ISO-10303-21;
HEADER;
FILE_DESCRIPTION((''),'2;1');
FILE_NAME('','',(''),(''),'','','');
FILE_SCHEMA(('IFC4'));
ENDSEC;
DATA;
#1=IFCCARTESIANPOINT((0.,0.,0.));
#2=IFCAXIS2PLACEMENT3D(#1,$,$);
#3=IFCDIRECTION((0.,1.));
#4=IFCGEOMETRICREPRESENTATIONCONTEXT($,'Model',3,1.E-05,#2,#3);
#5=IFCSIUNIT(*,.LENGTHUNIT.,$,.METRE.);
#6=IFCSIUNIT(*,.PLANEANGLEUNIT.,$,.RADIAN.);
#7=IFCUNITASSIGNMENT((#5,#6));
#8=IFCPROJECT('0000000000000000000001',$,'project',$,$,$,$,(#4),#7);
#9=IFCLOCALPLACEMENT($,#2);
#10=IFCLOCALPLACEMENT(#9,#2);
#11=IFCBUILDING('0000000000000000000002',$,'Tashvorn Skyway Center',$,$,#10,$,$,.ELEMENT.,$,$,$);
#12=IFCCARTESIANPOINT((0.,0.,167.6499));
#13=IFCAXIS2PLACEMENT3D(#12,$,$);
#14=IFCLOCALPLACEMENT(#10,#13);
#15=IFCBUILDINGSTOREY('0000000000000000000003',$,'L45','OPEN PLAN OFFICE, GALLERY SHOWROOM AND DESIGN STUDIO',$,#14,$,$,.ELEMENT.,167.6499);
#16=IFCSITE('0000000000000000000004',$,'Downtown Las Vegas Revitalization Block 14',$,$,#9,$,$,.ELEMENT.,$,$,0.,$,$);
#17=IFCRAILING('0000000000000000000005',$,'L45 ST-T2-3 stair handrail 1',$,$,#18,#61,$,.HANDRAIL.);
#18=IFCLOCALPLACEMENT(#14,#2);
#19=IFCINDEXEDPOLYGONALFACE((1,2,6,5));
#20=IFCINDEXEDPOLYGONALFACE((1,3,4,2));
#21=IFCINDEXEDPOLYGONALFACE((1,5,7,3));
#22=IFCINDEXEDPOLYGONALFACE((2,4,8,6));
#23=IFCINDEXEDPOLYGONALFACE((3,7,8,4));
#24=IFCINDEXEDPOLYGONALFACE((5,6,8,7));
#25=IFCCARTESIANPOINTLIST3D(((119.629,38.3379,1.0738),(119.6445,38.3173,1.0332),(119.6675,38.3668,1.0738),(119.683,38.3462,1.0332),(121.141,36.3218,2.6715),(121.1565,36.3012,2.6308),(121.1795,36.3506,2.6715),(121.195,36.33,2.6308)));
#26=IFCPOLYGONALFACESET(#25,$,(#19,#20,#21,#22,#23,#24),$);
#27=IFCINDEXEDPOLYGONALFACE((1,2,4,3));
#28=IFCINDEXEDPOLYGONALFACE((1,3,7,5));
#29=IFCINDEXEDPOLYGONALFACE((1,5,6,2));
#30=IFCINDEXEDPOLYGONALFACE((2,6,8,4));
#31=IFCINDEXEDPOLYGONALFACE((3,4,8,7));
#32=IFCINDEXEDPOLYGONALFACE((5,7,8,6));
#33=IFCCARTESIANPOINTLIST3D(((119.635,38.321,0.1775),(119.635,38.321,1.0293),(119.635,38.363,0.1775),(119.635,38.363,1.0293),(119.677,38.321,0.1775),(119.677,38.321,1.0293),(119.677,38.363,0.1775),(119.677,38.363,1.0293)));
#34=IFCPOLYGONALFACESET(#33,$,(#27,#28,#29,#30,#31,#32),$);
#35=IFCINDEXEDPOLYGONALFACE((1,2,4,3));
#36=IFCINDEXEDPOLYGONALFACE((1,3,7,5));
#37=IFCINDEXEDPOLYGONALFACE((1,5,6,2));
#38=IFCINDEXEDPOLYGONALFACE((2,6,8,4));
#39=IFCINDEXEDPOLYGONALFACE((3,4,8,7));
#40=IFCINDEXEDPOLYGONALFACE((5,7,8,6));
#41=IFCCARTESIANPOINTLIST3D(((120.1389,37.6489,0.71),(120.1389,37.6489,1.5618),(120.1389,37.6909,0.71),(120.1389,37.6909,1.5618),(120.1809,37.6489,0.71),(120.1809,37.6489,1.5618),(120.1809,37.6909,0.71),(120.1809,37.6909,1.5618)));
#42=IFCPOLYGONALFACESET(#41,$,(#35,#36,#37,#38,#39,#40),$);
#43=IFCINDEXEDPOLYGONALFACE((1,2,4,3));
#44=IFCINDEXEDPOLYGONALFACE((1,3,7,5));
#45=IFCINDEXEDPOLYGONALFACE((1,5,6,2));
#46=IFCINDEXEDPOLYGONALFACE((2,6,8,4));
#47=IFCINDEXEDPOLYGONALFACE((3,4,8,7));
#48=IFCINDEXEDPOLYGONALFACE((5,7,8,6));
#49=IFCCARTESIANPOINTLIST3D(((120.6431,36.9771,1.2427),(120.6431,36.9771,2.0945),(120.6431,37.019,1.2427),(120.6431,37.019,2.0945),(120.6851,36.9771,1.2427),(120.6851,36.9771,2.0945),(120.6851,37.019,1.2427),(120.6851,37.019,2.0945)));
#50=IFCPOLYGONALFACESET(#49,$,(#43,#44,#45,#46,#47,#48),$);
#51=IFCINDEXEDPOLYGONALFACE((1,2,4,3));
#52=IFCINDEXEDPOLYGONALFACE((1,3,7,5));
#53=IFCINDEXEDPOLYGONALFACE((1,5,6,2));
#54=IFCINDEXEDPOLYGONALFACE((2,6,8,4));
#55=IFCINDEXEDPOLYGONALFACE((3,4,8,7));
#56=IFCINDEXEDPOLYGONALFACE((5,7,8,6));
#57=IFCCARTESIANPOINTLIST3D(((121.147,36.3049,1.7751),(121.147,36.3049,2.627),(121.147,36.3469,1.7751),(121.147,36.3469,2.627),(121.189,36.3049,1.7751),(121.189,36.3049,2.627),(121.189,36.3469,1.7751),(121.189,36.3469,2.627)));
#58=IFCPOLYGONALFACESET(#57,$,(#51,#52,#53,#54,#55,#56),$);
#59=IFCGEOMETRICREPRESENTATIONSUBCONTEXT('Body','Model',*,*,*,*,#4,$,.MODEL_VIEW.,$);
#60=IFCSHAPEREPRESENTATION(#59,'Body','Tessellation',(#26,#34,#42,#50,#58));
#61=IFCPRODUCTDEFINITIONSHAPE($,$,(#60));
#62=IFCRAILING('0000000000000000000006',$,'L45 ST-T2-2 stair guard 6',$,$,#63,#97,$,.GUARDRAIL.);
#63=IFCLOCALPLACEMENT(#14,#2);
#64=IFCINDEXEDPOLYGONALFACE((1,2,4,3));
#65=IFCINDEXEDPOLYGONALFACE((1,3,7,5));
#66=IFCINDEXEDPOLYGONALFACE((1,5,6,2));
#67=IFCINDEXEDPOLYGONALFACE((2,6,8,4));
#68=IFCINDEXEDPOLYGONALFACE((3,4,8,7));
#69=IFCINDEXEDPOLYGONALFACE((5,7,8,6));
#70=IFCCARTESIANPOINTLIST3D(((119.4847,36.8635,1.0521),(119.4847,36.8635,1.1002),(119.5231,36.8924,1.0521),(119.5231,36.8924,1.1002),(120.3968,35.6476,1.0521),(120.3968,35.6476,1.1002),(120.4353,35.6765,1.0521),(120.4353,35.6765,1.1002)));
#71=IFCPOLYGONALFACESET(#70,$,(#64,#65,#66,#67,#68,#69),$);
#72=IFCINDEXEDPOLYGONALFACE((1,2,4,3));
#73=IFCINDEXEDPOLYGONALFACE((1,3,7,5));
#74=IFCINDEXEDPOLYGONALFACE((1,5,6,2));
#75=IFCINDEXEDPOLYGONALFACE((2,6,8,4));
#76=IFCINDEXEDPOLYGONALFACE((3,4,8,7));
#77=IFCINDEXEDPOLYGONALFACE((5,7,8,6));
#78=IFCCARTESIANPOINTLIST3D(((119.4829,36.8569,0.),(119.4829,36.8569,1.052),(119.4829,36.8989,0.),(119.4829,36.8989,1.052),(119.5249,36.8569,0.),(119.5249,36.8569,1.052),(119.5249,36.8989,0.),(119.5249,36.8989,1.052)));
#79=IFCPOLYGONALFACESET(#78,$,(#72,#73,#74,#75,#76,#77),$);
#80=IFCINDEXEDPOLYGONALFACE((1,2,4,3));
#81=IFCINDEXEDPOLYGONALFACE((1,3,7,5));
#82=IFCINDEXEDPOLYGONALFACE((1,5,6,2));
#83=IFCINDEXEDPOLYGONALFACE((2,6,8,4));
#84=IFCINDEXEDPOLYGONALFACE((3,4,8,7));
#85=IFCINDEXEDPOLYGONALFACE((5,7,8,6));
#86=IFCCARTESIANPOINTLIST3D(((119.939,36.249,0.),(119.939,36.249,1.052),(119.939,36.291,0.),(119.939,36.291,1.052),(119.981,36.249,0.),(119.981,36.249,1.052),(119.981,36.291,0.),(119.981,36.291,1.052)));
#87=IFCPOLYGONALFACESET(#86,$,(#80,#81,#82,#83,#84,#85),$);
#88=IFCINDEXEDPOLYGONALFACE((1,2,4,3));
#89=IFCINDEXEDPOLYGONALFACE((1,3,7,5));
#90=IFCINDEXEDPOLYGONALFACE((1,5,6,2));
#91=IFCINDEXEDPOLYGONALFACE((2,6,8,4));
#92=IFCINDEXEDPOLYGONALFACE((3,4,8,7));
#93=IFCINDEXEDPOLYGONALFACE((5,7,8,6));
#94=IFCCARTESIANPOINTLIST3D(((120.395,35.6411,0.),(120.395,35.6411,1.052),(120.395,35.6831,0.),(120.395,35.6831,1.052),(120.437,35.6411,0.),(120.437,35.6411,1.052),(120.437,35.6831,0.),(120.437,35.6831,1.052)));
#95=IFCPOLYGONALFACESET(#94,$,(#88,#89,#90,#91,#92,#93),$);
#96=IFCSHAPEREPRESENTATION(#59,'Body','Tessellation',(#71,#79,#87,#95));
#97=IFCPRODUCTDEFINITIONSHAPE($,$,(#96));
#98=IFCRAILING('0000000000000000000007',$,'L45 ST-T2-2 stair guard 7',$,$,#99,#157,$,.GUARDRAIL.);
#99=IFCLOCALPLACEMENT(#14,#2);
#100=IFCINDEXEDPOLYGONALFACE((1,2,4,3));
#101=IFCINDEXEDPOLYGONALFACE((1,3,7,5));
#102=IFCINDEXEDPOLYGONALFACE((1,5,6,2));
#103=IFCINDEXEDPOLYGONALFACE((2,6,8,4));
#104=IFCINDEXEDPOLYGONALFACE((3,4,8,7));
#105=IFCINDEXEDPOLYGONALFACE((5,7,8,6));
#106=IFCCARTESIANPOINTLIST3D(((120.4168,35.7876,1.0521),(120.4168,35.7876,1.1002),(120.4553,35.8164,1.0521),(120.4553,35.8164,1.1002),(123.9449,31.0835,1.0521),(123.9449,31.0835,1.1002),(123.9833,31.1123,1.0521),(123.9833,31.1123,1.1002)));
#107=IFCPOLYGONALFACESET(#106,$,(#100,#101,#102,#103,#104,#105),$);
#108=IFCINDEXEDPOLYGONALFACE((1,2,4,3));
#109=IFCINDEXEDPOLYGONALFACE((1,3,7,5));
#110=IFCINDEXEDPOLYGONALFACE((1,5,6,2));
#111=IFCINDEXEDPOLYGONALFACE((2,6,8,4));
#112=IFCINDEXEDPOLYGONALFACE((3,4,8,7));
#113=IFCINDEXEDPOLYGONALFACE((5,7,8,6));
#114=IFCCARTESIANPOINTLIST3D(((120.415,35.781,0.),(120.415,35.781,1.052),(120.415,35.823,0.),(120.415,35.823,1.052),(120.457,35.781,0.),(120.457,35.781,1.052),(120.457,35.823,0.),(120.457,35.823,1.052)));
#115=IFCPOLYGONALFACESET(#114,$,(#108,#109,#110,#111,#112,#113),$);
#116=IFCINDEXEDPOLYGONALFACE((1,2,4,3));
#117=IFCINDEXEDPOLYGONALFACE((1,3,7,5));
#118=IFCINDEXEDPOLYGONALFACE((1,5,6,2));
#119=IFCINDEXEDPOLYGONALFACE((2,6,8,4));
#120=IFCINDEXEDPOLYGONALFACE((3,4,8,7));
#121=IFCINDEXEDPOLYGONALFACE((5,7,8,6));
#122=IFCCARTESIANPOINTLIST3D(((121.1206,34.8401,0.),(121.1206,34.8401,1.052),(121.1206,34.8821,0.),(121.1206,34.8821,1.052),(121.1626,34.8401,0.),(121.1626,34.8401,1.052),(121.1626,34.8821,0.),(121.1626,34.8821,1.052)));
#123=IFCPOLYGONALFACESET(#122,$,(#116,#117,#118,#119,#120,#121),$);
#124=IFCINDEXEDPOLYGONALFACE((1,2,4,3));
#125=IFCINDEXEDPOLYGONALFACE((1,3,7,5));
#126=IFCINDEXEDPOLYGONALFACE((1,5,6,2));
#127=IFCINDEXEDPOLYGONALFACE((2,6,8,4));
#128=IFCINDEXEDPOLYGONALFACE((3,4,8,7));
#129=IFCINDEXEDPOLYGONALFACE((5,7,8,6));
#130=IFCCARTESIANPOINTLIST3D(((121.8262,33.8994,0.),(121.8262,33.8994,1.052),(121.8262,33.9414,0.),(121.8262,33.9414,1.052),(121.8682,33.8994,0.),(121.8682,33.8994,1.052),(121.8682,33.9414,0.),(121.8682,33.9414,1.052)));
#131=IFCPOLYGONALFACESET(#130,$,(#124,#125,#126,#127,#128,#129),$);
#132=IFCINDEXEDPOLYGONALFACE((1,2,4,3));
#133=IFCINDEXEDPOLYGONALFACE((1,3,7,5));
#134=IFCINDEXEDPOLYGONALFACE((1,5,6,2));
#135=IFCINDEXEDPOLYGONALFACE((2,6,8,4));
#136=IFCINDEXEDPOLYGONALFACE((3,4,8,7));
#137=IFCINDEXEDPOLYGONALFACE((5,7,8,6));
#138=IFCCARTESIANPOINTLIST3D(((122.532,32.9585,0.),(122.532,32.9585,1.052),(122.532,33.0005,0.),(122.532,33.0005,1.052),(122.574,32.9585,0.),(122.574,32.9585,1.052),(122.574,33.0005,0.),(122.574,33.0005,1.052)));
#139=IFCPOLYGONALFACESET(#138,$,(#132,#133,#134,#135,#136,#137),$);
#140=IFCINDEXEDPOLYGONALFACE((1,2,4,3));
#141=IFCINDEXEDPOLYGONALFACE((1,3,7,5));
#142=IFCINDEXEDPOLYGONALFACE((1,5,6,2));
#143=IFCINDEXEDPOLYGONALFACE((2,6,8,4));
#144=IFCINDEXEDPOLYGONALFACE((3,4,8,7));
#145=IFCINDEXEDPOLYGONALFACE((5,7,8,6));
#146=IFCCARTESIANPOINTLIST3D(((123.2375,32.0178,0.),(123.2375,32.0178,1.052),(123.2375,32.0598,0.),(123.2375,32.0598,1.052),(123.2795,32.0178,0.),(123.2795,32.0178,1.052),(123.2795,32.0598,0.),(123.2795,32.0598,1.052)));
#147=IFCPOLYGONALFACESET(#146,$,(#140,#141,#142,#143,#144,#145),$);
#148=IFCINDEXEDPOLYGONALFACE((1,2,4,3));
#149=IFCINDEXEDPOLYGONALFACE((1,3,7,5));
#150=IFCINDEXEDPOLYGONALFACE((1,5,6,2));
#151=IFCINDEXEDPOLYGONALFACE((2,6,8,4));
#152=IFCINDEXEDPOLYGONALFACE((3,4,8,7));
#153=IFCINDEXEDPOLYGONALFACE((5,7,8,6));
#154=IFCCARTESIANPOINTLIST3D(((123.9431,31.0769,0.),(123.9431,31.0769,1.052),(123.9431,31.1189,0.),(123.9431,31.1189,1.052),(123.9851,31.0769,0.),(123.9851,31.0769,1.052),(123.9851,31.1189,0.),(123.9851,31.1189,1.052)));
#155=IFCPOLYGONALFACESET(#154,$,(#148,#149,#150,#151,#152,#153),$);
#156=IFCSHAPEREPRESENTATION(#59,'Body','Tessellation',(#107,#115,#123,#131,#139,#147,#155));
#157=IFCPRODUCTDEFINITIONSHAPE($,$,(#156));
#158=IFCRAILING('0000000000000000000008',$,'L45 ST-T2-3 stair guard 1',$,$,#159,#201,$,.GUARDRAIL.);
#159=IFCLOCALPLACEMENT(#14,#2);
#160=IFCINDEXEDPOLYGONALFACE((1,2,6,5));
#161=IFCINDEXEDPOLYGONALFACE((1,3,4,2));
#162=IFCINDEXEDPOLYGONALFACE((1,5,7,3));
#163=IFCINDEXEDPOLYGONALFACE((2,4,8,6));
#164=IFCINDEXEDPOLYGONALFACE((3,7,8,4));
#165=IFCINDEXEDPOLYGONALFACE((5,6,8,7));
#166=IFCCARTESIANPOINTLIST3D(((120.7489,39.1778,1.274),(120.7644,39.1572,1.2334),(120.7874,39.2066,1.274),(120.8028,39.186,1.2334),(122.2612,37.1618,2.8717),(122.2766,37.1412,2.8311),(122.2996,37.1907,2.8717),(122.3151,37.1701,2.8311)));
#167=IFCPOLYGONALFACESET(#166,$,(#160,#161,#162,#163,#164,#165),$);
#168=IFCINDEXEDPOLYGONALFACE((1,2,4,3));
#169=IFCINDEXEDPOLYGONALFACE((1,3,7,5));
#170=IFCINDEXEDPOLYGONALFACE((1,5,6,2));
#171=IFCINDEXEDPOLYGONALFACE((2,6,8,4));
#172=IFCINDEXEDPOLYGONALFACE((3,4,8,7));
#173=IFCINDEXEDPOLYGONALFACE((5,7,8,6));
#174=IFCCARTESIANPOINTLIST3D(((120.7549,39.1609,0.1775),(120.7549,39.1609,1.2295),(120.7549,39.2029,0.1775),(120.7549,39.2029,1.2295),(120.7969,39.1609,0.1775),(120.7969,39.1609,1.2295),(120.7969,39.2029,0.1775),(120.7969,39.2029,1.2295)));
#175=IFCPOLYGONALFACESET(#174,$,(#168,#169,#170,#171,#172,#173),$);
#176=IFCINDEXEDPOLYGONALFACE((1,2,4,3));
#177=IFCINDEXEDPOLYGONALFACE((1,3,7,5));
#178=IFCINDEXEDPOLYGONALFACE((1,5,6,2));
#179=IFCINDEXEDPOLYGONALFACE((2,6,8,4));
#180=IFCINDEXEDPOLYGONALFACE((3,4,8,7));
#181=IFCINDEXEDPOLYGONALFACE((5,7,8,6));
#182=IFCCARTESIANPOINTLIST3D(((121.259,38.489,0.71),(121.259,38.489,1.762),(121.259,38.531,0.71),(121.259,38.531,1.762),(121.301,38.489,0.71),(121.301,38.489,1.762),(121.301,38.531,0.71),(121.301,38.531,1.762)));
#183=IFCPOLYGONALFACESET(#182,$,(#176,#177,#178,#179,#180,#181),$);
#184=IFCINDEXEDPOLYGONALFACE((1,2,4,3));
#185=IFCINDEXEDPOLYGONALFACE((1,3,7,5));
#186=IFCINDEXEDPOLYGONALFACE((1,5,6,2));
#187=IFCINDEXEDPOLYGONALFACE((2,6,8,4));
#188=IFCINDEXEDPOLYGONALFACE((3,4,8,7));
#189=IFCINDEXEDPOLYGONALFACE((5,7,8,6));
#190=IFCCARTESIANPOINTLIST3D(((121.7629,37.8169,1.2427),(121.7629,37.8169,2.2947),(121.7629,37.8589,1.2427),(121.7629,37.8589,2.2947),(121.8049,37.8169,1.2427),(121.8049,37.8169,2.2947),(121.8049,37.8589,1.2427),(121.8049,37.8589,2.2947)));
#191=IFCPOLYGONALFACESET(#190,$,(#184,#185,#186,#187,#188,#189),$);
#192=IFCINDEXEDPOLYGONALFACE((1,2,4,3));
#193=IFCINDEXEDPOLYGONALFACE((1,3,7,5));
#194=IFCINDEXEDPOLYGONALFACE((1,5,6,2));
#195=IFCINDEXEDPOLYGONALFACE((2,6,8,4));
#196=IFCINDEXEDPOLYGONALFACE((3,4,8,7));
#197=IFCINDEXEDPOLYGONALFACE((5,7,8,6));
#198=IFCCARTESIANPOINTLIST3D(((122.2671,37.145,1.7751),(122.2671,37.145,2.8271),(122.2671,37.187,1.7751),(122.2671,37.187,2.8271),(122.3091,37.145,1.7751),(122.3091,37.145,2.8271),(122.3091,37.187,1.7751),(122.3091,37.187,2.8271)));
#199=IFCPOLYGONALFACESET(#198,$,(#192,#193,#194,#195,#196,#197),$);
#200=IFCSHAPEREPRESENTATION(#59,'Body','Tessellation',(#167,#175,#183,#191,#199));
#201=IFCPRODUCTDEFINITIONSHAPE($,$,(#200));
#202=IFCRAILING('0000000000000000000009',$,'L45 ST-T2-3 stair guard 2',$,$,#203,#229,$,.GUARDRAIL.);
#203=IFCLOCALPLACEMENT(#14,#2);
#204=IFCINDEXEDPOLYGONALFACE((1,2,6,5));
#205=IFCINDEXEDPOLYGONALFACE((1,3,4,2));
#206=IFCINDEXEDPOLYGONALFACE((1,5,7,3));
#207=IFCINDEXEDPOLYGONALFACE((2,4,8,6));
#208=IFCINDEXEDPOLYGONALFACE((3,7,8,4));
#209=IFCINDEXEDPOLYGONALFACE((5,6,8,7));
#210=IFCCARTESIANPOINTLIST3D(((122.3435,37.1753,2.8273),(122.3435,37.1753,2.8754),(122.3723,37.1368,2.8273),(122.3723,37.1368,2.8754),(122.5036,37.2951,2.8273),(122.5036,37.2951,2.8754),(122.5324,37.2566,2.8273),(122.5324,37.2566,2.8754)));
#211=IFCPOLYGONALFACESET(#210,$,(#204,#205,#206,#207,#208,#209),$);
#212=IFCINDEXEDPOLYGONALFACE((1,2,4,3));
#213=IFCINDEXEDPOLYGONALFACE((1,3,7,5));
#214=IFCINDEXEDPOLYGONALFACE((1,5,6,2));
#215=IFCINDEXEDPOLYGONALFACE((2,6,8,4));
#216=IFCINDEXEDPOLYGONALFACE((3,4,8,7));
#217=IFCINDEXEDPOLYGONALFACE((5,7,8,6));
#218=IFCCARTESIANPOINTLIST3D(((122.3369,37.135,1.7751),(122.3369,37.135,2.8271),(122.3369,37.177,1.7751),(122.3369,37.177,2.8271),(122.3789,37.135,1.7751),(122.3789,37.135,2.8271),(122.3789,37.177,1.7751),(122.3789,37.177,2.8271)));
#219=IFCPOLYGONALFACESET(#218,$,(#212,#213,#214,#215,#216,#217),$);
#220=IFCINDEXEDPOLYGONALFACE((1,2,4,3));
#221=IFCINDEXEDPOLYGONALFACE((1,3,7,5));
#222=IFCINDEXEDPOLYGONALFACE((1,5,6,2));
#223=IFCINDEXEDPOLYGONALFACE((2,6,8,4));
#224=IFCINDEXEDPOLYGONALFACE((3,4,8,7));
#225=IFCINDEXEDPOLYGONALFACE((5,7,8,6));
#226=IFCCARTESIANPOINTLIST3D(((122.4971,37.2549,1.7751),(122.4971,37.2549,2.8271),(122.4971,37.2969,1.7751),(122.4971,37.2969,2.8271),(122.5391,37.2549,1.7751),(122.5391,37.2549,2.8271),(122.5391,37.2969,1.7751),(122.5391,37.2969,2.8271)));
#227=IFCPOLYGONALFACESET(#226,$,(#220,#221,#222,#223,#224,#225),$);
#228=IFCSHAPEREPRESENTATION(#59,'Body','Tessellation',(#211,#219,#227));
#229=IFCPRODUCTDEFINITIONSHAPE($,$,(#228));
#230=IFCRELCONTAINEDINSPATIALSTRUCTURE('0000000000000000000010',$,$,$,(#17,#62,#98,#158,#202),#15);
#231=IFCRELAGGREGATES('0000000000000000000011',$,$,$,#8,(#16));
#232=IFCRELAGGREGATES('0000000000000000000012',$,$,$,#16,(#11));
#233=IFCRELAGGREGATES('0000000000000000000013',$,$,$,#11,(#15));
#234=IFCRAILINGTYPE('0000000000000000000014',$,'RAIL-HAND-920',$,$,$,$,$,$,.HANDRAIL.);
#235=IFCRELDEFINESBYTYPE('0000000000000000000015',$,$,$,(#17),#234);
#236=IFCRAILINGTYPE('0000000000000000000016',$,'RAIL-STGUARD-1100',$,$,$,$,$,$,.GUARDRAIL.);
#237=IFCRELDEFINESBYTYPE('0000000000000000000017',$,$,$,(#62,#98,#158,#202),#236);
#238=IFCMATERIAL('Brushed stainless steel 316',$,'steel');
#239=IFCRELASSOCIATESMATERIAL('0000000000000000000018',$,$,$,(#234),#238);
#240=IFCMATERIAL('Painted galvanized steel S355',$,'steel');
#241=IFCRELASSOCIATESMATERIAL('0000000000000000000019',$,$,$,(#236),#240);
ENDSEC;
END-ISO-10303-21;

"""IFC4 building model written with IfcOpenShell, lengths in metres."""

from ifc_helpers import new_model, si_unit, direction, frame, origin, origin_2d, place, context, subcontext, project, spatial, rectangle, extrude, material, type_object, element, save


model = new_model("IFC4")

# Units and contexts
model_context = context("Model", 3, precision=1e-05, world=origin(), true_north=direction((0.0, 1.0)))
body_context = subcontext(model_context, "Body", "Model", "MODEL_VIEW")
ifc_project = project(units=[si_unit("LENGTHUNIT", "METRE"), si_unit("PLANEANGLEUNIT", "RADIAN")], contexts=[model_context])

# Site, building, storey
site_placement = place(None, origin())
site = spatial("IfcSite", under=ifc_project, at=site_placement, Name="Downtown Las Vegas Revitalization Block 14", CompositionType="ELEMENT", RefElevation=0.0)
building_placement = place(site_placement, origin())
building = spatial("IfcBuilding", under=site, at=building_placement, Name="Tashvorn Skyway Center", CompositionType="ELEMENT")
storey_placement = place(building_placement, frame((0.0, 0.0, 167.6499)))
storey = spatial("IfcBuildingStorey", under=building, at=storey_placement, Name="L45", Description="OPEN PLAN OFFICE, GALLERY SHOWROOM AND DESIGN STUDIO", CompositionType="ELEMENT", Elevation=167.6499)

# Railings
ifc_material_1 = material(Name="Brushed stainless steel 316", Category="steel")
railing_type_1 = type_object("IfcRailingType", Name="RAIL-HAND-920", PredefinedType="HANDRAIL", material=ifc_material_1)
railing_1_placement = place(storey_placement, frame((119.656, 38.342, 0.1775)))
element("IfcRailing", 1, at=railing_1_placement, inside=storey, type_object=railing_type_1, Name="L45 ST-T2-3 stair handrail 1", PredefinedType="HANDRAIL", context=body_context, shape_type="SweptSolid", body=[
    extrude(rectangle(XDim=0.0481, YDim=0.0481, at=origin_2d()), frame((0.0, 0.0, 0.876), z_axis=(0.506719, -0.675679, 0.535438), x_axis=(0.800023, 0.599969, 0.0)), (0.0, 0.0, 1.0), 2.9839),
    extrude(rectangle(XDim=0.042, YDim=0.042, at=origin_2d()), origin(), (0.0, 0.0, 1.0), 0.8518),
    extrude(rectangle(XDim=0.042, YDim=0.042, at=origin_2d()), frame((0.5039, -0.6721, 0.5325)), (0.0, 0.0, 1.0), 0.8518),
    extrude(rectangle(XDim=0.042, YDim=0.042, at=origin_2d()), frame((1.0081, -1.344, 1.0652)), (0.0, 0.0, 1.0), 0.8518),
    extrude(rectangle(XDim=0.042, YDim=0.042, at=origin_2d()), frame((1.512, -2.0161, 1.5977)), (0.0, 0.0, 1.0), 0.8518),
])
ifc_material_2 = material(Name="Painted galvanized steel S355", Category="steel")
railing_type_2 = type_object("IfcRailingType", Name="RAIL-STGUARD-1100", PredefinedType="GUARDRAIL", material=ifc_material_2)
railing_2_placement = place(storey_placement, frame((119.5039, 36.8779, 0.0)))
element("IfcRailing", 2, at=railing_2_placement, inside=storey, type_object=railing_type_2, Name="L45 ST-T2-2 stair guard 6", PredefinedType="GUARDRAIL", context=body_context, shape_type="SweptSolid", body=[
    extrude(rectangle(XDim=0.0481, YDim=0.0481, at=origin_2d()), frame((0.0, 0.0, 1.0762), z_axis=(0.600103, -0.799923, 0.0), x_axis=(0.799923, 0.600103, 0.0)), (0.0, 0.0, 1.0), 1.52),
    extrude(rectangle(XDim=0.042, YDim=0.042, at=origin_2d()), origin(), (0.0, 0.0, 1.0), 1.052),
    extrude(rectangle(XDim=0.042, YDim=0.042, at=origin_2d()), frame((0.4561, -0.6079, 0.0)), (0.0, 0.0, 1.0), 1.052),
    extrude(rectangle(XDim=0.042, YDim=0.042, at=origin_2d()), frame((0.9121, -1.2158, 0.0)), (0.0, 0.0, 1.0), 1.052),
])
railing_3_placement = place(storey_placement, frame((120.436, 35.802, 0.0)))
element("IfcRailing", 3, at=railing_3_placement, inside=storey, type_object=railing_type_2, Name="L45 ST-T2-2 stair guard 7", PredefinedType="GUARDRAIL", context=body_context, shape_type="SweptSolid", body=[
    extrude(rectangle(XDim=0.0481, YDim=0.0481, at=origin_2d()), frame((0.0, 0.0, 1.0762), z_axis=(0.6, -0.8, 0.0), x_axis=(0.8, 0.6, 0.0)), (0.0, 0.0, 1.0), 5.8801),
    extrude(rectangle(XDim=0.042, YDim=0.042, at=origin_2d()), origin(), (0.0, 0.0, 1.0), 1.052),
    extrude(rectangle(XDim=0.042, YDim=0.042, at=origin_2d()), frame((0.7056, -0.9409, 0.0)), (0.0, 0.0, 1.0), 1.052),
    extrude(rectangle(XDim=0.042, YDim=0.042, at=origin_2d()), frame((1.4111, -1.8816, 0.0)), (0.0, 0.0, 1.0), 1.052),
    extrude(rectangle(XDim=0.042, YDim=0.042, at=origin_2d()), frame((2.1169, -2.8225, 0.0)), (0.0, 0.0, 1.0), 1.052),
    extrude(rectangle(XDim=0.042, YDim=0.042, at=origin_2d()), frame((2.8225, -3.7632, 0.0)), (0.0, 0.0, 1.0), 1.052),
    extrude(rectangle(XDim=0.042, YDim=0.042, at=origin_2d()), frame((3.5281, -4.7041, 0.0)), (0.0, 0.0, 1.0), 1.052),
])
railing_4_placement = place(storey_placement, frame((120.7759, 39.1819, 0.1775)))
element("IfcRailing", 4, at=railing_4_placement, inside=storey, type_object=railing_type_2, Name="L45 ST-T2-3 stair guard 1", PredefinedType="GUARDRAIL", context=body_context, shape_type="SweptSolid", body=[
    extrude(rectangle(XDim=0.0481, YDim=0.0481, at=origin_2d()), frame((0.0, 0.0, 1.0762), z_axis=(0.506807, -0.675607, 0.535445), x_axis=(0.799942, 0.600078, 0.0)), (0.0, 0.0, 1.0), 2.9839),
    extrude(rectangle(XDim=0.042, YDim=0.042, at=origin_2d()), origin(), (0.0, 0.0, 1.0), 1.052),
    extrude(rectangle(XDim=0.042, YDim=0.042, at=origin_2d()), frame((0.5042, -0.6719, 0.5325)), (0.0, 0.0, 1.0), 1.052),
    extrude(rectangle(XDim=0.042, YDim=0.042, at=origin_2d()), frame((1.0081, -1.344, 1.0652)), (0.0, 0.0, 1.0), 1.052),
    extrude(rectangle(XDim=0.042, YDim=0.042, at=origin_2d()), frame((1.5122, -2.0159, 1.5977)), (0.0, 0.0, 1.0), 1.052),
])
railing_5_placement = place(storey_placement, frame((122.3579, 37.156, 1.7751)))
element("IfcRailing", 5, at=railing_5_placement, inside=storey, type_object=railing_type_2, Name="L45 ST-T2-3 stair guard 2", PredefinedType="GUARDRAIL", context=body_context, shape_type="SweptSolid", body=[
    extrude(rectangle(XDim=0.0481, YDim=0.0481, at=origin_2d()), frame((0.0, 0.0, 1.0762), z_axis=(0.800585, 0.599219, 0.0), x_axis=(-0.599219, 0.800585, 0.0)), (0.0, 0.0, 1.0), 0.2),
    extrude(rectangle(XDim=0.042, YDim=0.042, at=origin_2d()), origin(), (0.0, 0.0, 1.0), 1.052),
    extrude(rectangle(XDim=0.042, YDim=0.042, at=origin_2d()), frame((0.1602, 0.1199, 0.0)), (0.0, 0.0, 1.0), 1.052),
])

save(model, "model.ifc")
